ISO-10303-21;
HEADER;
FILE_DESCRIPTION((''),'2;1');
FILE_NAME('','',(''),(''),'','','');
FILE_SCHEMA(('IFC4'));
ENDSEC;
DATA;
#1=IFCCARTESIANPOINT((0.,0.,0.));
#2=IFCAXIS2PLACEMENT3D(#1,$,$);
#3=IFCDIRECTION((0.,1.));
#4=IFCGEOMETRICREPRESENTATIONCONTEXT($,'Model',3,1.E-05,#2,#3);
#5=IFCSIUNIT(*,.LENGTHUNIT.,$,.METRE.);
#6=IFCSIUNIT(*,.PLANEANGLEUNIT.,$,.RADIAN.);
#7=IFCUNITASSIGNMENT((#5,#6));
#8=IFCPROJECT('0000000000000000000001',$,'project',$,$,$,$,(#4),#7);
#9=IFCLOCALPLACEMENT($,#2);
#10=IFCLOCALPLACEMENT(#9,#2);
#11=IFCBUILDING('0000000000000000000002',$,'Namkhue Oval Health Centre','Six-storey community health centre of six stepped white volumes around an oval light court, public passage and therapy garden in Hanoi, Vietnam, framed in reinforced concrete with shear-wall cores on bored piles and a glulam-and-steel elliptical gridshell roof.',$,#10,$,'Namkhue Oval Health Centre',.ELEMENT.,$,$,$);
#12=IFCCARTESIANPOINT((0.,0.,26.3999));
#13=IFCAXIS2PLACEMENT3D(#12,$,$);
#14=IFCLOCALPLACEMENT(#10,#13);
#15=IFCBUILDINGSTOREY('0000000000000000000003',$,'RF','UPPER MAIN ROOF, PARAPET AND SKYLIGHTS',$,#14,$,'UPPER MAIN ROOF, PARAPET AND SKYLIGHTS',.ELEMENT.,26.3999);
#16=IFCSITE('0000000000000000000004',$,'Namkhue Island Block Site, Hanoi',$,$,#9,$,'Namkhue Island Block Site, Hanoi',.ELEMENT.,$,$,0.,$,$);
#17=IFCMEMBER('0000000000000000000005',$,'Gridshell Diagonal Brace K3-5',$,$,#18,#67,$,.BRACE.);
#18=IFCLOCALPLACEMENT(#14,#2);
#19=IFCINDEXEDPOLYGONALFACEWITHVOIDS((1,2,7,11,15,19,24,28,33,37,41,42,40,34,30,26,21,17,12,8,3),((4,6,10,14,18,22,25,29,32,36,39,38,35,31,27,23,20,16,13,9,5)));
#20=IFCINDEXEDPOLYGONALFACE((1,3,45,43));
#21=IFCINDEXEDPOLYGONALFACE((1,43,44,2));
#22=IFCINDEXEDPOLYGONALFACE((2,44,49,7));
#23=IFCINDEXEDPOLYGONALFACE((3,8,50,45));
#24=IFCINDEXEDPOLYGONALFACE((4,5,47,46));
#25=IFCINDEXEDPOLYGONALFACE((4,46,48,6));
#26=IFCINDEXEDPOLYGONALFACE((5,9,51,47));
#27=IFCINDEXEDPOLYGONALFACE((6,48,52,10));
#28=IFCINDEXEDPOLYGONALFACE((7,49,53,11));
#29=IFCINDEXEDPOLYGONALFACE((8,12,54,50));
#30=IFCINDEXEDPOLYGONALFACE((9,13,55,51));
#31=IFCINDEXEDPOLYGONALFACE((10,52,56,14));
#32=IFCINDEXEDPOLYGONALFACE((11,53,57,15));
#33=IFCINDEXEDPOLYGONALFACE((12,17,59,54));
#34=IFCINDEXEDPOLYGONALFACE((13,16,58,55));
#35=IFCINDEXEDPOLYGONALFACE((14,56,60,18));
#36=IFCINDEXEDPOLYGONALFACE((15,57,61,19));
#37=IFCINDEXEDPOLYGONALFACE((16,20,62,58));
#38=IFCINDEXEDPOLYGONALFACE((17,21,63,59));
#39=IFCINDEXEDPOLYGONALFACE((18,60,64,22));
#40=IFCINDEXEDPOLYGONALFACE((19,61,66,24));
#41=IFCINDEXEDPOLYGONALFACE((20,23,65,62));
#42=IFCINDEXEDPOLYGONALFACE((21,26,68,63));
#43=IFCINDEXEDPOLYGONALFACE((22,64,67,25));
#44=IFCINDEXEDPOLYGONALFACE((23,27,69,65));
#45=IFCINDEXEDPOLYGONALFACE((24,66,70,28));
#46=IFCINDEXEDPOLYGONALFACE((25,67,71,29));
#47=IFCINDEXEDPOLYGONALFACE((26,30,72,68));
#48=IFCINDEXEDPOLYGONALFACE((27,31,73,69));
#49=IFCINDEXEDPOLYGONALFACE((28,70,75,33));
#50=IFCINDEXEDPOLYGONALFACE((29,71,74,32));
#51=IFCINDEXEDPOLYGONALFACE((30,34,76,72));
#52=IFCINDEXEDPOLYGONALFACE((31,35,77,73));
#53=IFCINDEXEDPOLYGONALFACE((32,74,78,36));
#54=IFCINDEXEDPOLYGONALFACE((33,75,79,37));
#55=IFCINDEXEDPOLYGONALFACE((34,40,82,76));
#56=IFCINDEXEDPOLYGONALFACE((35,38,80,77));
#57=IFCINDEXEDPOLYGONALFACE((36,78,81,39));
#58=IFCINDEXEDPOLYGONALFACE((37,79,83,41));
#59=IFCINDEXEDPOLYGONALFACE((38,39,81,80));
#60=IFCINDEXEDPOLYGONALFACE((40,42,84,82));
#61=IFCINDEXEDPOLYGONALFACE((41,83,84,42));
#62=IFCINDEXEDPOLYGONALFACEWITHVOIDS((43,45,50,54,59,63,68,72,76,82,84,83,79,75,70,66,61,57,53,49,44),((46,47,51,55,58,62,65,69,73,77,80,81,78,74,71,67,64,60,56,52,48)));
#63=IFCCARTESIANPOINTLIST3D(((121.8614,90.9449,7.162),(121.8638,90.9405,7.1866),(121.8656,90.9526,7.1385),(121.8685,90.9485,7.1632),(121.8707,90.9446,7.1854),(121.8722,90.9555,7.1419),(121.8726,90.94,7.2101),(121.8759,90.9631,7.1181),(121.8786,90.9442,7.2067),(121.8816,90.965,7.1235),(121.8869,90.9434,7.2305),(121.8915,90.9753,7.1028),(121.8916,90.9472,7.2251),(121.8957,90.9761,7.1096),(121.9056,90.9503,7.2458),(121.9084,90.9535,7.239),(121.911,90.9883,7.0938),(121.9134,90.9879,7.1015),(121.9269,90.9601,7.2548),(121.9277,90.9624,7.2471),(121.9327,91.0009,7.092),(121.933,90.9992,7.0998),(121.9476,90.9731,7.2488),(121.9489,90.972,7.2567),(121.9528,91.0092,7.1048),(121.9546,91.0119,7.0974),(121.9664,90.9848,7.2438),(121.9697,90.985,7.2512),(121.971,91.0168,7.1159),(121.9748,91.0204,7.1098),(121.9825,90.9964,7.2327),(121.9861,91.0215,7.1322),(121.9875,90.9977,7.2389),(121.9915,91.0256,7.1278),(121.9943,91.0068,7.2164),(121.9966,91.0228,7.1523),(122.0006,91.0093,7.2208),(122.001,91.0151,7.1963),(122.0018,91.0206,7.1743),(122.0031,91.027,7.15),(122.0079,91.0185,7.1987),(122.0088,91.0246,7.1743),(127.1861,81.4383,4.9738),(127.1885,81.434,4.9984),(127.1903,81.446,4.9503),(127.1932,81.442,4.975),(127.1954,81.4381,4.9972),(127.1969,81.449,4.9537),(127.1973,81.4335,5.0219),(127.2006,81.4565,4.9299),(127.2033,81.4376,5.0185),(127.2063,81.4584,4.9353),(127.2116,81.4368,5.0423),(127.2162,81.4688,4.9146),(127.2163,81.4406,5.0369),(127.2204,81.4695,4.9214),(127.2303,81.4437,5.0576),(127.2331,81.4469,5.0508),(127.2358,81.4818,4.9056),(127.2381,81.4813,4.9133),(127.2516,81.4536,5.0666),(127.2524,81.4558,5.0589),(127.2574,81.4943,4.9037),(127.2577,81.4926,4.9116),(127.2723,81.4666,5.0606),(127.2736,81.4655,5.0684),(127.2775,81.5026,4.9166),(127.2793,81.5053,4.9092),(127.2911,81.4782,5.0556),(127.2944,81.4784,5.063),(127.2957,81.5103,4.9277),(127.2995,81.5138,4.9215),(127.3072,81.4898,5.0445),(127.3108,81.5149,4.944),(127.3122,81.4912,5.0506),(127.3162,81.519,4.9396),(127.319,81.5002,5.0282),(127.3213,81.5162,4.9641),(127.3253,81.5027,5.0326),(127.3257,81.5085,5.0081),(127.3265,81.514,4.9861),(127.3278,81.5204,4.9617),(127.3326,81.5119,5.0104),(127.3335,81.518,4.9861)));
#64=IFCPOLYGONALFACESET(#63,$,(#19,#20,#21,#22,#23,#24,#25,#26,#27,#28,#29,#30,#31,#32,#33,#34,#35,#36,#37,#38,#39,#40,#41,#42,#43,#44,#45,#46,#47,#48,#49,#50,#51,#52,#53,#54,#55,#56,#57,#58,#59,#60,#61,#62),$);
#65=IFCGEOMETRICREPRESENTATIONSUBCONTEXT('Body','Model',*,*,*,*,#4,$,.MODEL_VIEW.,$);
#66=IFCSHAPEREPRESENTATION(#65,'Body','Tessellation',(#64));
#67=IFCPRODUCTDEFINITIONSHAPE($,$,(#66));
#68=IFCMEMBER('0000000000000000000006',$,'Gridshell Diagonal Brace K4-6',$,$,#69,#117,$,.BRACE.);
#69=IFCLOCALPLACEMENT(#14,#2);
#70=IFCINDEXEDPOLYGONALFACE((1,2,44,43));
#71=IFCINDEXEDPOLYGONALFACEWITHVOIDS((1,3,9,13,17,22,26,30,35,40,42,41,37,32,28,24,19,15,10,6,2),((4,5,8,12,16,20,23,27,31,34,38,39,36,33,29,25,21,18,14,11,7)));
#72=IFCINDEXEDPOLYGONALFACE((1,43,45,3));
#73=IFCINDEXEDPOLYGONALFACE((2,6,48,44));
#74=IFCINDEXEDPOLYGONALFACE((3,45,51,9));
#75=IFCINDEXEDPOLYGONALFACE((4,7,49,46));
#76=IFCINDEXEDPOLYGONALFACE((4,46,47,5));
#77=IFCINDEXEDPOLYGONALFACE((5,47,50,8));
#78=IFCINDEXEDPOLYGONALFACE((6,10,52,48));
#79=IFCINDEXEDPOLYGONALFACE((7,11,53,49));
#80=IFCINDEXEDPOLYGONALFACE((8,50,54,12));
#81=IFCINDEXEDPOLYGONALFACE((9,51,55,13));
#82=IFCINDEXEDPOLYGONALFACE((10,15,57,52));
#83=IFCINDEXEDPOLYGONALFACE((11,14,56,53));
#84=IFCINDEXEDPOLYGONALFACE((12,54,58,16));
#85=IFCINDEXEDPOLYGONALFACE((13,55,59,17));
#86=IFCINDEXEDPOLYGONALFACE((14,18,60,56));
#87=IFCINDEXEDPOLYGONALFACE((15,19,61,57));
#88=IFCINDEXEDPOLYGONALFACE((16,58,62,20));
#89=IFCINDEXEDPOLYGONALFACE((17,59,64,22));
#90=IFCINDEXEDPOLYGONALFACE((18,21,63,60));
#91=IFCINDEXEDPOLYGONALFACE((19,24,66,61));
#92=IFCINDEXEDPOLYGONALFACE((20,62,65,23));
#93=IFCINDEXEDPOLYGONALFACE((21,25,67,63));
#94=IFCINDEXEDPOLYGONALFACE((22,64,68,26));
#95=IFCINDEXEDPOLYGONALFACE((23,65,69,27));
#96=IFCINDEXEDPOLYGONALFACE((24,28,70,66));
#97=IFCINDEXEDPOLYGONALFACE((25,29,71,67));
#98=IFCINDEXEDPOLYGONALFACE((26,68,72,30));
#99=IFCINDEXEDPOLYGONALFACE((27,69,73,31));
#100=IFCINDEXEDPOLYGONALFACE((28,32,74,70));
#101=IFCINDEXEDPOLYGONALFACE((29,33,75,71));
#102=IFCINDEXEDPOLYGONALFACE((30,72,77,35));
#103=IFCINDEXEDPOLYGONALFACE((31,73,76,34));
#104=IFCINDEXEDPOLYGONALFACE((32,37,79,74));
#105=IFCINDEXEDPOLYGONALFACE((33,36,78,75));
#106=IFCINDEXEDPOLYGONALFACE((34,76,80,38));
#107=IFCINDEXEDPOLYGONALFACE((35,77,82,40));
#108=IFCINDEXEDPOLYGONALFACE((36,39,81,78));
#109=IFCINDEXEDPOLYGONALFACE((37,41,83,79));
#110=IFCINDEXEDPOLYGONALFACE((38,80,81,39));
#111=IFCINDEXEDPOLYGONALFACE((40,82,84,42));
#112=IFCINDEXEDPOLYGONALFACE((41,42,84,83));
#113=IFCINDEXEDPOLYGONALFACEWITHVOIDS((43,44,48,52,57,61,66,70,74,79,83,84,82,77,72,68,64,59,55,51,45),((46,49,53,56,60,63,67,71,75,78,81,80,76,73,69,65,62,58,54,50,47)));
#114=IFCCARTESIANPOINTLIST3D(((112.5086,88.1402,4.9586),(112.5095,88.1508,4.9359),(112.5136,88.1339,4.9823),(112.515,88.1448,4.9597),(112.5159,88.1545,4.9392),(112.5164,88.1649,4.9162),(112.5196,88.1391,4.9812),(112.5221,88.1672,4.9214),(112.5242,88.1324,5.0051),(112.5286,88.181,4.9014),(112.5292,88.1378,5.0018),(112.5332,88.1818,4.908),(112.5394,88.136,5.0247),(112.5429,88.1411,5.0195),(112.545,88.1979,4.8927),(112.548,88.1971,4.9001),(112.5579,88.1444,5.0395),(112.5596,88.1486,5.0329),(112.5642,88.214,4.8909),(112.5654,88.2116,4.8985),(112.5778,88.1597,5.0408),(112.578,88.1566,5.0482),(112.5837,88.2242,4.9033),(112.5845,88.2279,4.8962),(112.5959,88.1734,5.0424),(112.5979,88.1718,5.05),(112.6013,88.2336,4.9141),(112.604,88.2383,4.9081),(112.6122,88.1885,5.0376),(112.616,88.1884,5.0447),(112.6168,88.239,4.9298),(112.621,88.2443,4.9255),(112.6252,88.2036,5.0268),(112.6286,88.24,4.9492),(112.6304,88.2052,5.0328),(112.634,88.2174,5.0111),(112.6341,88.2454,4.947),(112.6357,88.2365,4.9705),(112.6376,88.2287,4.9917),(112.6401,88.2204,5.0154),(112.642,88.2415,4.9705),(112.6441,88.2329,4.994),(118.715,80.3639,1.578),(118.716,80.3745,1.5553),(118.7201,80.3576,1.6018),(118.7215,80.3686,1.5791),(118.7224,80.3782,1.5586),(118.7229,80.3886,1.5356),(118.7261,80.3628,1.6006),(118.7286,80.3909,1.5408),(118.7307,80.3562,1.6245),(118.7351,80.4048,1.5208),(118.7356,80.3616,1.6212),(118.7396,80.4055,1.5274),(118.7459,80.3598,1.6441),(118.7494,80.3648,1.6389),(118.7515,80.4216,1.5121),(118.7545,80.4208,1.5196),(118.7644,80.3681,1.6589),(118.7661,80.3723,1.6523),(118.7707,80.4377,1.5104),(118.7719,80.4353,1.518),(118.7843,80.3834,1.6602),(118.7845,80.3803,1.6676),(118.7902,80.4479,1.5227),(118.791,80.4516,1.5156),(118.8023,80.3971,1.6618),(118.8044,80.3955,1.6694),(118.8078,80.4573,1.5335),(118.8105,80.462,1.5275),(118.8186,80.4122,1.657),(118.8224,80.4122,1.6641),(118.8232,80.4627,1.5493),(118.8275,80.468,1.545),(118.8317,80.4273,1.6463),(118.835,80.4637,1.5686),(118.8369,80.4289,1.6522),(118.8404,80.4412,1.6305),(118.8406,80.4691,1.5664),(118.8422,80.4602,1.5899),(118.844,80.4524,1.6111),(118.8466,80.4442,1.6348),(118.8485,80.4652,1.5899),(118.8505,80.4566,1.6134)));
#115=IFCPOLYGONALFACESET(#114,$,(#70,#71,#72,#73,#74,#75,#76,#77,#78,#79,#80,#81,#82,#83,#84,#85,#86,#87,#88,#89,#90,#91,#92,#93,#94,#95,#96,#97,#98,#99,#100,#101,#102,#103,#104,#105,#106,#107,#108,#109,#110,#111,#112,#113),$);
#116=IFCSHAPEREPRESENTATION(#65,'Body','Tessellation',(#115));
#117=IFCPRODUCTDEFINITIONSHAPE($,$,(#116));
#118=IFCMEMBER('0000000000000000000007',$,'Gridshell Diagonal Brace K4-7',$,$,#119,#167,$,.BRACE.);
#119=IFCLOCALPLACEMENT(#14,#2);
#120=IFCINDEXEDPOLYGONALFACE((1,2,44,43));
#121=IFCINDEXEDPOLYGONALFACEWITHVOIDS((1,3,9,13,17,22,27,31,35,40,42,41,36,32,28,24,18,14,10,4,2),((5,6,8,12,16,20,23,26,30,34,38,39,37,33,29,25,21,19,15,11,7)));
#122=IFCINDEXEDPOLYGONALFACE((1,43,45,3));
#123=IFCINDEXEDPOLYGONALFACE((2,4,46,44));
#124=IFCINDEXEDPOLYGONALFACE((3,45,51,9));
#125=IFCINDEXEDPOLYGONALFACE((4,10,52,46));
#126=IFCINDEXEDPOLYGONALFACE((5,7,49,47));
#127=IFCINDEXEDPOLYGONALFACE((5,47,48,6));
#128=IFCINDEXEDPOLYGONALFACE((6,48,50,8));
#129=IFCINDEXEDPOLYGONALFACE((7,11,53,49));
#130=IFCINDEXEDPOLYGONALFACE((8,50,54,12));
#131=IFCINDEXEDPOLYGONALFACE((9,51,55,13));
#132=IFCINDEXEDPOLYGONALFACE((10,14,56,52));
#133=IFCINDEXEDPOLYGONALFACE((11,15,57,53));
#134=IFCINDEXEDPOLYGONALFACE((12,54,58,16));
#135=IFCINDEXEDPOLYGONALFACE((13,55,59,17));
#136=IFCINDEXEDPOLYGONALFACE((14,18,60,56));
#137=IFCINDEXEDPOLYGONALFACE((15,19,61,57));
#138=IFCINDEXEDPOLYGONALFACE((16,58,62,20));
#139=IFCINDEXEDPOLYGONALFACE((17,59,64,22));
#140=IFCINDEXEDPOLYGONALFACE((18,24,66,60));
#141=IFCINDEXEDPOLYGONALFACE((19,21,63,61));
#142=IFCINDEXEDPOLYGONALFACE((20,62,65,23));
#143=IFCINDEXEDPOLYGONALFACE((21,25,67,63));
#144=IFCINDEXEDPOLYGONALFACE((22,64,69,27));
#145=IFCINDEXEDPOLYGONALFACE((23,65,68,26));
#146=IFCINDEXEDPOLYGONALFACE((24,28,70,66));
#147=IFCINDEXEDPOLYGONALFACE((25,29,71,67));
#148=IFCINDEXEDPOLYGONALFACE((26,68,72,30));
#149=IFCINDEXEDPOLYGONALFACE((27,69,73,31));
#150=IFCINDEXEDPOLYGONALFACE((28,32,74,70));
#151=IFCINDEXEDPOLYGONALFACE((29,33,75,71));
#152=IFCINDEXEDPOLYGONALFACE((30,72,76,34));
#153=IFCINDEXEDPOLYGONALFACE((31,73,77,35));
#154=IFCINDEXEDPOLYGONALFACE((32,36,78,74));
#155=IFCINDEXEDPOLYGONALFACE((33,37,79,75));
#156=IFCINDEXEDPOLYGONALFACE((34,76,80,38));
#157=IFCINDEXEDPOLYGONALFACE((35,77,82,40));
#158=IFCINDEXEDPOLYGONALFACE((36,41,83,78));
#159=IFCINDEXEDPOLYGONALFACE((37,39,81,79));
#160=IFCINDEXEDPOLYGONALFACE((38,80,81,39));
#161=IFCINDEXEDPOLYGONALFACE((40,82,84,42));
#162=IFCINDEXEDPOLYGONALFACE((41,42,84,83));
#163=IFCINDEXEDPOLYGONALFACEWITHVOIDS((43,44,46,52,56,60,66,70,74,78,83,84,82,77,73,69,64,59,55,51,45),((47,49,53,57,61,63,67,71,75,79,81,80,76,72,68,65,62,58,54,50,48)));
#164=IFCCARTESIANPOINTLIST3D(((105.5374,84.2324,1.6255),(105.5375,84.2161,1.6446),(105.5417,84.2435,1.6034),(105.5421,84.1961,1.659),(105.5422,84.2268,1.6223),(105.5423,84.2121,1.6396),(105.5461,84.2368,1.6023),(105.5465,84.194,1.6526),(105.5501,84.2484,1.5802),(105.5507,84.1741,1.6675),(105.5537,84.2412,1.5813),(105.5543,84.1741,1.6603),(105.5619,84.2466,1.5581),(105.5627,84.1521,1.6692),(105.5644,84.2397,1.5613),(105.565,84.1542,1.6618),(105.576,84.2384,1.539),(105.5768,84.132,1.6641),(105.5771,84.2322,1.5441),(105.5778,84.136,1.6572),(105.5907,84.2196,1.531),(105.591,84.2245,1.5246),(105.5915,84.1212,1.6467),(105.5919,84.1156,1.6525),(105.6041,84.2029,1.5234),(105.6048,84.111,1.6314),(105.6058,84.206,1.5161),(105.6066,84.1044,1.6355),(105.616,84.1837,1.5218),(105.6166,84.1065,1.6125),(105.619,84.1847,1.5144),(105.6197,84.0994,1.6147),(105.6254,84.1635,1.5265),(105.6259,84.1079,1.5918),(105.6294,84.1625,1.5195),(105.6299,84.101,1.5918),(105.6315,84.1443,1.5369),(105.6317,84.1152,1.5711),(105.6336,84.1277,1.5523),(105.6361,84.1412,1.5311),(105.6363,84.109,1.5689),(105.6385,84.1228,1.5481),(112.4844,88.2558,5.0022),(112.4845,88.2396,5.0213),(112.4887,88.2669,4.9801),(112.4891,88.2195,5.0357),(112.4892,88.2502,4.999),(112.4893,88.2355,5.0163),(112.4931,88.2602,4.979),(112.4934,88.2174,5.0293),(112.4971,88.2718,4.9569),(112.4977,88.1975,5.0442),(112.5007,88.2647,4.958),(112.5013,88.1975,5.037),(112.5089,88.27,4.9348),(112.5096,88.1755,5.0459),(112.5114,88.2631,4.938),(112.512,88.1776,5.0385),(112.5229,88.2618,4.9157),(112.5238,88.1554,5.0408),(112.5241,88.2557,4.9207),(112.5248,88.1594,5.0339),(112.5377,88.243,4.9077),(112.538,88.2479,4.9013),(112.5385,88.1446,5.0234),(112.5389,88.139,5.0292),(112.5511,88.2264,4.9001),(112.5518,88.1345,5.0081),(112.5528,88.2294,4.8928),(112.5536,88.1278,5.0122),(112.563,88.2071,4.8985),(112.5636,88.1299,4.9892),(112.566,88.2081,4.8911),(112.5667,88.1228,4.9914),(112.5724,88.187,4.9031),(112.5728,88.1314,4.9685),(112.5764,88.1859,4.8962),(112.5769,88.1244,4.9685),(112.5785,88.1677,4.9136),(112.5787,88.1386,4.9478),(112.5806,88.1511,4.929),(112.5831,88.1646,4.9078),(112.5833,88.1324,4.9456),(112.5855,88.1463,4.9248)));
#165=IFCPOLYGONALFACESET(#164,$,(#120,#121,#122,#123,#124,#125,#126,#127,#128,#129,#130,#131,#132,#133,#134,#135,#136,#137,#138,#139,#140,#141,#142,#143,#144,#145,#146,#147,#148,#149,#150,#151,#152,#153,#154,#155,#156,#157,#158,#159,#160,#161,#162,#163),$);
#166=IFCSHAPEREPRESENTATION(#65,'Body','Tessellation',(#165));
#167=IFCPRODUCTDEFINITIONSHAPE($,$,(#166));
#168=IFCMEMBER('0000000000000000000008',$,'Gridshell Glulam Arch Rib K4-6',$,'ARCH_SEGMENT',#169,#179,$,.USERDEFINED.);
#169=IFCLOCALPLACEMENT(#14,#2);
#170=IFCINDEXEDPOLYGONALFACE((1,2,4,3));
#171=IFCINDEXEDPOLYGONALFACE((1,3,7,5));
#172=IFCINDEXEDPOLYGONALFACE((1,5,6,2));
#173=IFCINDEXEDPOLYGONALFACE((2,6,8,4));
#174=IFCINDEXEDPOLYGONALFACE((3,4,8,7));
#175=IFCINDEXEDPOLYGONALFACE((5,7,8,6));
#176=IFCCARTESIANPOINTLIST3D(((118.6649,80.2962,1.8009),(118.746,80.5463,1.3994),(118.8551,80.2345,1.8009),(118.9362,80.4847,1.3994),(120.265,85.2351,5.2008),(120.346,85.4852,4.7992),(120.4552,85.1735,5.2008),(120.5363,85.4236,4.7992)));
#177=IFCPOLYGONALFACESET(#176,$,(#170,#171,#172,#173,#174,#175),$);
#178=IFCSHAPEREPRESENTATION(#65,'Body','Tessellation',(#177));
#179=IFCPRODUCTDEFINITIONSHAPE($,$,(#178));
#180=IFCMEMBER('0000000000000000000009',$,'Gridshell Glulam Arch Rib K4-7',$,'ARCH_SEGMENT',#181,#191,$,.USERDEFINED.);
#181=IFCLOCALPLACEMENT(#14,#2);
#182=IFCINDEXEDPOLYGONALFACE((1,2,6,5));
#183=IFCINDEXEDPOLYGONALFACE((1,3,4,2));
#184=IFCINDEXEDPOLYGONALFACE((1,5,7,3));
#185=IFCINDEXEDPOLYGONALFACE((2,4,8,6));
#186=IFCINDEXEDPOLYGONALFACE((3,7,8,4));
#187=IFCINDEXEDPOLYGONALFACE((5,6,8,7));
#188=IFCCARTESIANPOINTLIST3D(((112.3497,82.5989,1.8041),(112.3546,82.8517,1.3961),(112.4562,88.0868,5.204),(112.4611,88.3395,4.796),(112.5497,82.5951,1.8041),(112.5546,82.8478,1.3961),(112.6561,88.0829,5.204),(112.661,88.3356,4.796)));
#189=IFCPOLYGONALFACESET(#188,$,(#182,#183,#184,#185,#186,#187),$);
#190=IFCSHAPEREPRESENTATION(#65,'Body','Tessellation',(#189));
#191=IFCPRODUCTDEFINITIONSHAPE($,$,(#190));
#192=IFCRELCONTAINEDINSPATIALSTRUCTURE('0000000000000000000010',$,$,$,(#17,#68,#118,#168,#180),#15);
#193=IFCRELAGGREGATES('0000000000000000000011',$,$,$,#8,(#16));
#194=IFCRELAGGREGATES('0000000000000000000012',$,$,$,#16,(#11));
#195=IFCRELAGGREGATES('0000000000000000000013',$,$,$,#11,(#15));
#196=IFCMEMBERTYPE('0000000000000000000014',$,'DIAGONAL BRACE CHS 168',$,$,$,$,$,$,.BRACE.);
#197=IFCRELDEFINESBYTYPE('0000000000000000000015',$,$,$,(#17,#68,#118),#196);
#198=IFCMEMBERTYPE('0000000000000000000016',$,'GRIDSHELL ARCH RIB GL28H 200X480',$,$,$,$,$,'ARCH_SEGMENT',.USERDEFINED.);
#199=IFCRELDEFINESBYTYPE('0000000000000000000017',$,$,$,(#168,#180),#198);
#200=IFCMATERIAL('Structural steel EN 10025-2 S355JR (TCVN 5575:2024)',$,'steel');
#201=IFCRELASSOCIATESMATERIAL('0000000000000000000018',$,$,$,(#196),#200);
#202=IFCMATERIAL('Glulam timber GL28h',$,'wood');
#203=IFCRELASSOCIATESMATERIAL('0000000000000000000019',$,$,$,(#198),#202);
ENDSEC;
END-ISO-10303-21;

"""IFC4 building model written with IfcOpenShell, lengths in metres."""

from ifc_helpers import new_model, si_unit, direction, frame, origin, origin_2d, place, context, subcontext, project, spatial, rectangle, hollow_circle, extrude, material, material_profile, profile_set, type_object, element, save


model = new_model("IFC4")

# Units and contexts
model_context = context("Model", 3, precision=1e-05, world=origin(), true_north=direction((0.0, 1.0)))
body_context = subcontext(model_context, "Body", "Model", "MODEL_VIEW")
ifc_project = project(units=[si_unit("LENGTHUNIT", "METRE"), si_unit("PLANEANGLEUNIT", "RADIAN")], contexts=[model_context])

# Site, building, storey
site_placement = place(None, origin())
site = spatial("IfcSite", under=ifc_project, at=site_placement, Name="Namkhue Island Block Site, Hanoi", LongName="Namkhue Island Block Site, Hanoi", CompositionType="ELEMENT", RefElevation=0.0)
building_placement = place(site_placement, origin())
building = spatial("IfcBuilding", under=site, at=building_placement, Name="Namkhue Oval Health Centre", Description="Six-storey community health centre of six stepped white volumes around an oval light court, public passage and therapy garden in Hanoi, Vietnam, framed in reinforced concrete with shear-wall cores on bored piles and a glulam-and-steel elliptical gridshell roof.", LongName="Namkhue Oval Health Centre", CompositionType="ELEMENT")
storey_placement = place(building_placement, frame((0.0, 0.0, 26.3999)))
storey = spatial("IfcBuildingStorey", under=building, at=storey_placement, Name="RF", Description="UPPER MAIN ROOF, PARAPET AND SKYLIGHTS", LongName="UPPER MAIN ROOF, PARAPET AND SKYLIGHTS", CompositionType="ELEMENT", Elevation=26.3999)

# Members
ifc_material_1 = material(Name="Structural steel EN 10025-2 S355JR (TCVN 5575:2024)", Category="steel")
ifc_material_profile_1 = material_profile(ifc_material_1, hollow_circle(Radius=0.0842, WallThickness=0.0081, at=origin_2d()), Name="CHS 168.3x8")
ifc_profile_set_1 = profile_set([ifc_material_profile_1], Name="Structural steel EN 10025-2 S355JR (TCVN 5575:2024)")
member_type_1 = type_object("IfcMemberType", Name="DIAGONAL BRACE CHS 168", PredefinedType="BRACE", material=ifc_profile_set_1)
member_1_placement = place(storey_placement, frame((121.9353, 90.9834, 7.1743), z_axis=(0.479108, -0.855388, -0.196894), x_axis=(0.872466, 0.488674, 0.0)))
element("IfcMember", 1, at=member_1_placement, inside=storey, type_object=member_type_1, Name="Gridshell Diagonal Brace K3-5", PredefinedType="BRACE", context=body_context, shape_type="SweptSolid", body=[
    extrude(hollow_circle(Radius=0.0842, WallThickness=0.0081, at=origin_2d()), origin(), (0.0, 0.0, 1.0), 11.1138),
])
member_2_placement = place(storey_placement, frame((112.5762, 88.189, 4.9705), z_axis=(0.59064, -0.740031, -0.321713), x_axis=(0.781582, 0.623803, 0.0)))
element("IfcMember", 2, at=member_2_placement, inside=storey, type_object=member_type_1, Name="Gridshell Diagonal Brace K4-6", PredefinedType="BRACE", context=body_context, shape_type="SweptSolid", body=[
    extrude(hollow_circle(Radius=0.0842, WallThickness=0.0081, at=origin_2d()), origin(), (0.0, 0.0, 1.0), 10.5081),
])
member_3_placement = place(storey_placement, frame((112.5347, 88.1973, 4.9685), z_axis=(-0.797659, -0.461972, -0.387715), x_axis=(0.501174, -0.865346, 0.0)))
element("IfcMember", 3, at=member_3_placement, inside=storey, type_object=member_type_1, Name="Gridshell Diagonal Brace K4-7", PredefinedType="BRACE", context=body_context, shape_type="SweptSolid", body=[
    extrude(hollow_circle(Radius=0.0842, WallThickness=0.0081, at=origin_2d()), origin(), (0.0, 0.0, 1.0), 8.7092),
])
ifc_material_2 = material(Name="Glulam timber GL28h", Category="wood")
ifc_material_profile_2 = material_profile(ifc_material_2, rectangle(XDim=0.2, YDim=0.48, at=origin_2d()), Name="GL28h 200x480")
ifc_profile_set_2 = profile_set([ifc_material_profile_2], Name="Glulam timber GL28h")
member_type_2 = type_object("IfcMemberType", Name="GRIDSHELL ARCH RIB GL28H 200X480", ElementType="ARCH_SEGMENT", PredefinedType="USERDEFINED", material=ifc_profile_set_2)
member_4_placement = place(storey_placement, frame((120.4006, 85.3293, 5.0), z_axis=(-0.257835, -0.795852, -0.547851), x_axis=(0.95132, -0.308203, 0.0)))
element("IfcMember", 4, at=member_4_placement, inside=storey, type_object=member_type_2, Name="Gridshell Glulam Arch Rib K4-6", ObjectType="ARCH_SEGMENT", PredefinedType="USERDEFINED", context=body_context, shape_type="SweptSolid", body=[
    extrude(rectangle(XDim=0.2, YDim=0.48, at=origin_2d()), origin(), (0.0, 0.0, 1.0), 6.2058),
])
member_5_placement = place(storey_placement, frame((112.5586, 88.2112, 5.0), z_axis=(-0.016487, -0.849963, -0.526585), x_axis=(0.999812, -0.019393, 0.0)))
element("IfcMember", 5, at=member_5_placement, inside=storey, type_object=member_type_2, Name="Gridshell Glulam Arch Rib K4-7", ObjectType="ARCH_SEGMENT", PredefinedType="USERDEFINED", context=body_context, shape_type="SweptSolid", body=[
    extrude(rectangle(XDim=0.2, YDim=0.48, at=origin_2d()), origin(), (0.0, 0.0, 1.0), 6.4565),
])

save(model, "model.ifc")
